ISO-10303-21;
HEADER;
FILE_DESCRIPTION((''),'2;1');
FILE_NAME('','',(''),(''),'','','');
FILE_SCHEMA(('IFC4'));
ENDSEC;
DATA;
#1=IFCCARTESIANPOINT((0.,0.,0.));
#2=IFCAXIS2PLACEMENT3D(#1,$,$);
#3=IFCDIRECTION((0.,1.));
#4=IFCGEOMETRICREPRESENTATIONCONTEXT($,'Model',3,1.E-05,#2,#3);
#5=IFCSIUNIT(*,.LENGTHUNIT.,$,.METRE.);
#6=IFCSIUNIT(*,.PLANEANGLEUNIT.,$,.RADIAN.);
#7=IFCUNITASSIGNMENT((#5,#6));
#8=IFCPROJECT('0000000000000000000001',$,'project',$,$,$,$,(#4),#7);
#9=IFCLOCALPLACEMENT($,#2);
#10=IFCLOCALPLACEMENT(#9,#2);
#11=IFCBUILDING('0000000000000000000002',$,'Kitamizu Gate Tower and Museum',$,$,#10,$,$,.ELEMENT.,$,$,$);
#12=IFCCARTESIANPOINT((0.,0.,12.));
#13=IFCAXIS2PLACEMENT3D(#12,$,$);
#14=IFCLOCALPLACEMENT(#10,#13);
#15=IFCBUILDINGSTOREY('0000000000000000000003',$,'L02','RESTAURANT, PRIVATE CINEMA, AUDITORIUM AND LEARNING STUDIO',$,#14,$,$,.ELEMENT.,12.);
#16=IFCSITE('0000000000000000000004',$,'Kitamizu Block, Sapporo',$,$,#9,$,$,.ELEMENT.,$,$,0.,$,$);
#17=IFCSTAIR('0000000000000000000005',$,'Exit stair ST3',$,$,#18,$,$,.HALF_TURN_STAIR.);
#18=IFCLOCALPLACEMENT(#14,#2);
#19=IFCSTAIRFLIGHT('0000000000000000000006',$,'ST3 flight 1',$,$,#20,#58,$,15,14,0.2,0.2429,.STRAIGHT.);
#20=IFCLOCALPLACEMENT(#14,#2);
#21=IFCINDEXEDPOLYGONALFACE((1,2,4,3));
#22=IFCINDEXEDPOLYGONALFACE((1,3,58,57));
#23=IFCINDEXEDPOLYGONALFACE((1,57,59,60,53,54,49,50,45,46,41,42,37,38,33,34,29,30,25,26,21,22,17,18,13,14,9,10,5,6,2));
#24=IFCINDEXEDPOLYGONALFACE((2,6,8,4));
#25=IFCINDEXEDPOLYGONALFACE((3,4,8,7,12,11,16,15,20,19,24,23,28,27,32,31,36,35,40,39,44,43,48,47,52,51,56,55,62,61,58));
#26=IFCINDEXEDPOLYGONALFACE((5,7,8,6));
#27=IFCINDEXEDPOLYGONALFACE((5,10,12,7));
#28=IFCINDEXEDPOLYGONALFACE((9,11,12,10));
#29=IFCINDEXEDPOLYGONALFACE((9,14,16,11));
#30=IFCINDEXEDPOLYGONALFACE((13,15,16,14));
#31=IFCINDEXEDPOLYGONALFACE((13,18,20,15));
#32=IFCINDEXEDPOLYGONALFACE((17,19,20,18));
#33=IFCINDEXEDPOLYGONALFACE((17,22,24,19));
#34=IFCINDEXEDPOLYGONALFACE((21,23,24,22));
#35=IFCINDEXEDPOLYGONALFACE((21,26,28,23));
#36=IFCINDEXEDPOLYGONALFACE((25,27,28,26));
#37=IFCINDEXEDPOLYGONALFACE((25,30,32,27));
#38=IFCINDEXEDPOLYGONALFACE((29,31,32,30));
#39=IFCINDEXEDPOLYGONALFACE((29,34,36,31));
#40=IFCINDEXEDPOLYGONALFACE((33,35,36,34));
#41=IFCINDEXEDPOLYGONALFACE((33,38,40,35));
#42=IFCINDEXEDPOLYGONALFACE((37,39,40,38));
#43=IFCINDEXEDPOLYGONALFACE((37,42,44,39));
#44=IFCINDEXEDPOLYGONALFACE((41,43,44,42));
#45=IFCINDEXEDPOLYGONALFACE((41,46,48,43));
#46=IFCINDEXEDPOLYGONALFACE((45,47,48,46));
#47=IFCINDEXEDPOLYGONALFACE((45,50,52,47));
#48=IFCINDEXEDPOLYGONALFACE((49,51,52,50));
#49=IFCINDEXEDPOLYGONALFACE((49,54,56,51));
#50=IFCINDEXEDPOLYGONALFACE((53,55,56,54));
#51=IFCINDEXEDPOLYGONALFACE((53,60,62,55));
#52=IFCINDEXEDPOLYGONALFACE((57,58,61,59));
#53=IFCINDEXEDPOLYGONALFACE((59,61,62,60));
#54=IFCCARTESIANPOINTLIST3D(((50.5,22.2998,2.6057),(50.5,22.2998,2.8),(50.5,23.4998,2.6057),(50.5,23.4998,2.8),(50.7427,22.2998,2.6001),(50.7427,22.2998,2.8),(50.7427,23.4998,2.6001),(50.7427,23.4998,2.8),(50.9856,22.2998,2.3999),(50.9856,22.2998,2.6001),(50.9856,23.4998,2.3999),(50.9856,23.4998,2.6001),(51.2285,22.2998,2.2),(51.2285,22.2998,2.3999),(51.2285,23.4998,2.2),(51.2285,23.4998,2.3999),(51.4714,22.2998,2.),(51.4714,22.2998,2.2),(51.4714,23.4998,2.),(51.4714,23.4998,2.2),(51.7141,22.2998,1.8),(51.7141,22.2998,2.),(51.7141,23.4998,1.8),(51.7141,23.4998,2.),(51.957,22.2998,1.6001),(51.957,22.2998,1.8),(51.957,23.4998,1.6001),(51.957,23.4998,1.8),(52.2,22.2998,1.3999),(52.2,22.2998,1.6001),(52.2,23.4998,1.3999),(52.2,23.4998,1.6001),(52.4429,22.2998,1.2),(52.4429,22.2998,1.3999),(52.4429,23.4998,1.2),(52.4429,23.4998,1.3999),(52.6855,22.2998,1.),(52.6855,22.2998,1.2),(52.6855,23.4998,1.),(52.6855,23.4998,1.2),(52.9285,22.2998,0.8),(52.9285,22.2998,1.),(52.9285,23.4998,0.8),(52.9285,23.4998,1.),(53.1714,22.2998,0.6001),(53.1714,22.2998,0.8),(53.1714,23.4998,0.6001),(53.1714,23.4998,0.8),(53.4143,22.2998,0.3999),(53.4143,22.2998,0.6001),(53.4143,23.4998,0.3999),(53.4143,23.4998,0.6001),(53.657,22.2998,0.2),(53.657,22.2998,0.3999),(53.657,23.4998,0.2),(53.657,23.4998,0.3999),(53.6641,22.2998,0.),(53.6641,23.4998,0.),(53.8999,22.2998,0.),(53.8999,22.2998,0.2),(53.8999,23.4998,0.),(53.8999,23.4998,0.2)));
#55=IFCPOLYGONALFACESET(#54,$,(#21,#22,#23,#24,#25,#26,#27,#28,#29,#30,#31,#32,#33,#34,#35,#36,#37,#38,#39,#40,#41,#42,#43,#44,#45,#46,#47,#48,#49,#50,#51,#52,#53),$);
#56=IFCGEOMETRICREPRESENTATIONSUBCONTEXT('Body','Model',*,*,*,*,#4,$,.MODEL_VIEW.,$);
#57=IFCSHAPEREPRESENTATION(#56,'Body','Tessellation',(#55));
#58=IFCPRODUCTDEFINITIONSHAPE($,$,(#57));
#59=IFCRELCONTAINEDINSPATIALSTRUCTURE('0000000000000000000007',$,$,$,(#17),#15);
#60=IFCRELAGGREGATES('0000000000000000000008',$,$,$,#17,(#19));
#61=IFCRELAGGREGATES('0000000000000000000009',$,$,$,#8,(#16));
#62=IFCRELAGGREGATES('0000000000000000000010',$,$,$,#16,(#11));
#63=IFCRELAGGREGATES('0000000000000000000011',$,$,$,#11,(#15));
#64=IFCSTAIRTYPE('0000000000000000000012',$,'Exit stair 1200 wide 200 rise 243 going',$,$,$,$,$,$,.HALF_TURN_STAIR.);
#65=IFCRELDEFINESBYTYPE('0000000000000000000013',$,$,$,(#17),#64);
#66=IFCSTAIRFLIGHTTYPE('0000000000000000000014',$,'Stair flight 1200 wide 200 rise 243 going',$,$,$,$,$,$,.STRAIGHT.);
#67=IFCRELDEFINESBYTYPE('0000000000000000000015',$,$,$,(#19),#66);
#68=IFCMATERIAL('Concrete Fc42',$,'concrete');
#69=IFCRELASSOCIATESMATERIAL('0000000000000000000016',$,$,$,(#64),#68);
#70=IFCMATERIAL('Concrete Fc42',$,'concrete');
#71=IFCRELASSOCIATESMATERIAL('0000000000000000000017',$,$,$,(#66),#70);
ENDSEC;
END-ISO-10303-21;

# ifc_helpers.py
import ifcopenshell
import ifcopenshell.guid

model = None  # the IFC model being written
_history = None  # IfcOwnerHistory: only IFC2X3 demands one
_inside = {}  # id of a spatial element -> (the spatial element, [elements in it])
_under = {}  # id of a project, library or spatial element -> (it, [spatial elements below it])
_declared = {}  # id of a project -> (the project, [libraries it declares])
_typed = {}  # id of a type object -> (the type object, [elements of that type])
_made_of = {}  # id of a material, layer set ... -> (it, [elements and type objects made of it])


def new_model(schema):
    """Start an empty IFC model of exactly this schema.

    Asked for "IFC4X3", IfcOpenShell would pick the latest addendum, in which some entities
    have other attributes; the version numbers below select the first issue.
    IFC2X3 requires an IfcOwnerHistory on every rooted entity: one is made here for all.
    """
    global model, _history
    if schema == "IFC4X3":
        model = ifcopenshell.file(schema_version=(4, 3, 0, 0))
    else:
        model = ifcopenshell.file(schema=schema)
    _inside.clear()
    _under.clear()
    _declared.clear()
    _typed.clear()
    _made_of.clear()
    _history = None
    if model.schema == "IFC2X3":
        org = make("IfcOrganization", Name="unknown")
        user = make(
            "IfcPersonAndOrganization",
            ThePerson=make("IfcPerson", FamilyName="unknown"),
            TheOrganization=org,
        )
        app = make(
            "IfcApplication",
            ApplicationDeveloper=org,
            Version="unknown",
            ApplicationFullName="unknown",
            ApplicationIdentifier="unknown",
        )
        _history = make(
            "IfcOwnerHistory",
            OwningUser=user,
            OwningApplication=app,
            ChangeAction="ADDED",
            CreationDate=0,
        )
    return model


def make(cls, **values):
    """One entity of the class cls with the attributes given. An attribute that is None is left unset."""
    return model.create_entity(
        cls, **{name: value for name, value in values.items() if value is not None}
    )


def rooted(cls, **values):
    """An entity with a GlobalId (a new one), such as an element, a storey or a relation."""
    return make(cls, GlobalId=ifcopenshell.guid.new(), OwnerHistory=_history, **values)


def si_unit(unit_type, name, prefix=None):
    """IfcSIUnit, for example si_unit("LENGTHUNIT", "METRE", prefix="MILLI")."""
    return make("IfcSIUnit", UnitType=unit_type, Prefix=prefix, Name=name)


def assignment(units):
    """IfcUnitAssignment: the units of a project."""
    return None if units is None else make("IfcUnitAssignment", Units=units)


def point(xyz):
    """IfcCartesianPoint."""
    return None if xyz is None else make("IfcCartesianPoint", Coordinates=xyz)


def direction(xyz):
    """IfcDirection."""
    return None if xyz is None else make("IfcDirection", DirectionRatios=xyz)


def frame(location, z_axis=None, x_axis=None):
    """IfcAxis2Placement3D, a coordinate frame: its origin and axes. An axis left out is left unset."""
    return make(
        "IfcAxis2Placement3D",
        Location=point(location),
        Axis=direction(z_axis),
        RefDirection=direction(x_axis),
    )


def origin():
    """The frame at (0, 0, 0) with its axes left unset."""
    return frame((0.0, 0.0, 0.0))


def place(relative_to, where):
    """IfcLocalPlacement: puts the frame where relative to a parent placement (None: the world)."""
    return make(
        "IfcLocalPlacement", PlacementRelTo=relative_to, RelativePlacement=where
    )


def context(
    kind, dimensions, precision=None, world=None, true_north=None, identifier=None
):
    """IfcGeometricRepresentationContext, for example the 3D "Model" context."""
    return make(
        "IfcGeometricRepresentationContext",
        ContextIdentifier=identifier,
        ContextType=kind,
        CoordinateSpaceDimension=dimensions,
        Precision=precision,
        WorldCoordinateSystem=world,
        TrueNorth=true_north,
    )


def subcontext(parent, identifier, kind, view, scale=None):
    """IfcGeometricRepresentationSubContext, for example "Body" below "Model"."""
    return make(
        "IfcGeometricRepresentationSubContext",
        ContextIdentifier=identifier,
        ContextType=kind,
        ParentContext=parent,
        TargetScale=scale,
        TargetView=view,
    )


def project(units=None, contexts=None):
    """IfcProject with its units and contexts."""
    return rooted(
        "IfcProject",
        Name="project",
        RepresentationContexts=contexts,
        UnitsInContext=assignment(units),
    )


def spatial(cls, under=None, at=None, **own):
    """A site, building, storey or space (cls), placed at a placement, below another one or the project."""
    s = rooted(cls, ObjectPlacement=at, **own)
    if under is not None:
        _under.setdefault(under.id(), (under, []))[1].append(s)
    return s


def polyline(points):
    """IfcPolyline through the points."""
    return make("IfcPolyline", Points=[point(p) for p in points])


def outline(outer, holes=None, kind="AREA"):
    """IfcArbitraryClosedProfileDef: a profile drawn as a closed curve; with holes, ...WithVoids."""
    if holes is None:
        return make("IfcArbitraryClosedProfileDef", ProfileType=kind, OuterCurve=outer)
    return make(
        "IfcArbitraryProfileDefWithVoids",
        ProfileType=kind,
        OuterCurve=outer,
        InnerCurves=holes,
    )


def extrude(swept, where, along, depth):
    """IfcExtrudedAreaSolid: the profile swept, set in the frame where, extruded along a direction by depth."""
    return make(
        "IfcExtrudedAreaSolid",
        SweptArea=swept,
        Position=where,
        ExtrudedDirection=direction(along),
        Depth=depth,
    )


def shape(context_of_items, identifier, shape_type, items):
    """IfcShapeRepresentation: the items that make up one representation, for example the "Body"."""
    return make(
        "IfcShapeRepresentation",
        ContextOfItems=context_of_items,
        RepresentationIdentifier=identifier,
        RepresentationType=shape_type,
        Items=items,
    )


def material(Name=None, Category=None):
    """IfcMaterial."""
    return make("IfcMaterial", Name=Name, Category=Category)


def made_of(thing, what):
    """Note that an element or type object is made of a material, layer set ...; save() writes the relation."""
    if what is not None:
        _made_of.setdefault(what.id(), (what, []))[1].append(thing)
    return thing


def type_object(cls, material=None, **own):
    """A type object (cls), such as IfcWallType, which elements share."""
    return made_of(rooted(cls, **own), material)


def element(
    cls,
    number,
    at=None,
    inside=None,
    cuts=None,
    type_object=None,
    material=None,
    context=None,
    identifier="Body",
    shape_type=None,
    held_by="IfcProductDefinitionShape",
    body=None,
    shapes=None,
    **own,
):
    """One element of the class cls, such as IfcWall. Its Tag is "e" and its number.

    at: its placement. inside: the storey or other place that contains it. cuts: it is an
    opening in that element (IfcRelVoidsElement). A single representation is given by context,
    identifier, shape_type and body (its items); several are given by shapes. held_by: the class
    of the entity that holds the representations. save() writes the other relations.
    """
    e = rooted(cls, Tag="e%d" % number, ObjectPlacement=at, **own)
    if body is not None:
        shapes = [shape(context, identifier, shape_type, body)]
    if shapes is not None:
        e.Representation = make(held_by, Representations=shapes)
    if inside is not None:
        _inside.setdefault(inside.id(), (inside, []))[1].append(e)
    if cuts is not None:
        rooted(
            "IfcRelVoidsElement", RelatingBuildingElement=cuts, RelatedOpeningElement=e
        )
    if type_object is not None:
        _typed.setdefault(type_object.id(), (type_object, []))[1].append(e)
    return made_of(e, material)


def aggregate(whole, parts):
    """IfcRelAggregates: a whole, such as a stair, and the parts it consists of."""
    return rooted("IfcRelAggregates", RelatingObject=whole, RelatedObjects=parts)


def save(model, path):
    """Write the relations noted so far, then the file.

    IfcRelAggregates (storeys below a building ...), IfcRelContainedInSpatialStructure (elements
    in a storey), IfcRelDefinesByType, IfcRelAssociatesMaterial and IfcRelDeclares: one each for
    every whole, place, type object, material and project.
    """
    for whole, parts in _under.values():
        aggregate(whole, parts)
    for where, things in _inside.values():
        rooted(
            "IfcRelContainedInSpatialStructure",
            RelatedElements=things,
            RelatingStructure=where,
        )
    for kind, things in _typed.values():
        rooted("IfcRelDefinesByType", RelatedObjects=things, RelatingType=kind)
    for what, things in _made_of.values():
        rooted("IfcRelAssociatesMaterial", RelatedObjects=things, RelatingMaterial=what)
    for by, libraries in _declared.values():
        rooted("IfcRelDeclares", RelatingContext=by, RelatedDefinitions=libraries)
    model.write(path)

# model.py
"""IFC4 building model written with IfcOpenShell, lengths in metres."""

from ifc_helpers import new_model, si_unit, direction, frame, origin, place, context, subcontext, project, spatial, polyline, outline, extrude, material, type_object, element, aggregate, save


model = new_model("IFC4")

# Units and contexts
model_context = context("Model", 3, precision=1e-05, world=origin(), true_north=direction((0.0, 1.0)))
body_context = subcontext(model_context, "Body", "Model", "MODEL_VIEW")
ifc_project = project(units=[si_unit("LENGTHUNIT", "METRE"), si_unit("PLANEANGLEUNIT", "RADIAN")], contexts=[model_context])

# Site, building, storey
site_placement = place(None, origin())
site = spatial("IfcSite", under=ifc_project, at=site_placement, Name="Kitamizu Block, Sapporo", CompositionType="ELEMENT", RefElevation=0.0)
building_placement = place(site_placement, origin())
building = spatial("IfcBuilding", under=site, at=building_placement, Name="Kitamizu Gate Tower and Museum", CompositionType="ELEMENT")
storey_placement = place(building_placement, frame((0.0, 0.0, 12.0)))
storey = spatial("IfcBuildingStorey", under=building, at=storey_placement, Name="L02", Description="RESTAURANT, PRIVATE CINEMA, AUDITORIUM AND LEARNING STUDIO", CompositionType="ELEMENT", Elevation=12.0)

# Stair, stair flight
ifc_material_1 = material(Name="Concrete Fc42", Category="concrete")
stair_type = type_object("IfcStairType", Name="Exit stair 1200 wide 200 rise 243 going", PredefinedType="HALF_TURN_STAIR", material=ifc_material_1)
stair_placement = place(storey_placement, origin())
stair = element("IfcStair", 1, at=stair_placement, inside=storey, type_object=stair_type, Name="Exit stair ST3", PredefinedType="HALF_TURN_STAIR")
ifc_material_2 = material(Name="Concrete Fc42", Category="concrete")
stair_flight_type = type_object("IfcStairFlightType", Name="Stair flight 1200 wide 200 rise 243 going", PredefinedType="STRAIGHT", material=ifc_material_2)
stair_flight_placement = place(storey_placement, frame((53.8999, 22.8999, 0.0), z_axis=(0.0, 0.0, 1.0), x_axis=(-1.0, 0.0, 0.0)))
stair_flight = element("IfcStairFlight", 2, at=stair_flight_placement, type_object=stair_flight_type, Name="ST3 flight 1", NumberOfRisers=15, NumberOfTreads=14, PredefinedType="STRAIGHT", RiserHeight=0.2, TreadLength=0.2429, context=body_context, shape_type="SweptSolid", body=[
    extrude(outline(polyline([(0.0, 0.0), (0.0, 0.2), (0.2429, 0.2), (0.2429, 0.3999), (0.4856, 0.3999), (0.4856, 0.6001), (0.7285, 0.6001), (0.7285, 0.8), (0.9714, 0.8), (0.9714, 1.0), (1.2144, 1.0), (1.2144, 1.2), (1.457, 1.2), (1.457, 1.3999), (1.7, 1.3999), (1.7, 1.6001), (1.9429, 1.6001), (1.9429, 1.8), (2.1858, 1.8), (2.1858, 2.0), (2.4285, 2.0), (2.4285, 2.2), (2.6714, 2.2), (2.6714, 2.3999), (2.9143, 2.3999), (2.9143, 2.6001), (3.1572, 2.6001), (3.1572, 2.8), (3.3999, 2.8), (3.3999, 3.0), (3.3999, 2.6057), (0.2358, 0.0), (0.0, 0.0)])), frame((0.0, 0.6001, 0.0), z_axis=(0.0, -1.0, 0.0), x_axis=(1.0, 0.0, 0.0)), (0.0, 0.0, 1.0), 1.2),
])
aggregate(stair, [stair_flight])

save(model, "model.ifc")
